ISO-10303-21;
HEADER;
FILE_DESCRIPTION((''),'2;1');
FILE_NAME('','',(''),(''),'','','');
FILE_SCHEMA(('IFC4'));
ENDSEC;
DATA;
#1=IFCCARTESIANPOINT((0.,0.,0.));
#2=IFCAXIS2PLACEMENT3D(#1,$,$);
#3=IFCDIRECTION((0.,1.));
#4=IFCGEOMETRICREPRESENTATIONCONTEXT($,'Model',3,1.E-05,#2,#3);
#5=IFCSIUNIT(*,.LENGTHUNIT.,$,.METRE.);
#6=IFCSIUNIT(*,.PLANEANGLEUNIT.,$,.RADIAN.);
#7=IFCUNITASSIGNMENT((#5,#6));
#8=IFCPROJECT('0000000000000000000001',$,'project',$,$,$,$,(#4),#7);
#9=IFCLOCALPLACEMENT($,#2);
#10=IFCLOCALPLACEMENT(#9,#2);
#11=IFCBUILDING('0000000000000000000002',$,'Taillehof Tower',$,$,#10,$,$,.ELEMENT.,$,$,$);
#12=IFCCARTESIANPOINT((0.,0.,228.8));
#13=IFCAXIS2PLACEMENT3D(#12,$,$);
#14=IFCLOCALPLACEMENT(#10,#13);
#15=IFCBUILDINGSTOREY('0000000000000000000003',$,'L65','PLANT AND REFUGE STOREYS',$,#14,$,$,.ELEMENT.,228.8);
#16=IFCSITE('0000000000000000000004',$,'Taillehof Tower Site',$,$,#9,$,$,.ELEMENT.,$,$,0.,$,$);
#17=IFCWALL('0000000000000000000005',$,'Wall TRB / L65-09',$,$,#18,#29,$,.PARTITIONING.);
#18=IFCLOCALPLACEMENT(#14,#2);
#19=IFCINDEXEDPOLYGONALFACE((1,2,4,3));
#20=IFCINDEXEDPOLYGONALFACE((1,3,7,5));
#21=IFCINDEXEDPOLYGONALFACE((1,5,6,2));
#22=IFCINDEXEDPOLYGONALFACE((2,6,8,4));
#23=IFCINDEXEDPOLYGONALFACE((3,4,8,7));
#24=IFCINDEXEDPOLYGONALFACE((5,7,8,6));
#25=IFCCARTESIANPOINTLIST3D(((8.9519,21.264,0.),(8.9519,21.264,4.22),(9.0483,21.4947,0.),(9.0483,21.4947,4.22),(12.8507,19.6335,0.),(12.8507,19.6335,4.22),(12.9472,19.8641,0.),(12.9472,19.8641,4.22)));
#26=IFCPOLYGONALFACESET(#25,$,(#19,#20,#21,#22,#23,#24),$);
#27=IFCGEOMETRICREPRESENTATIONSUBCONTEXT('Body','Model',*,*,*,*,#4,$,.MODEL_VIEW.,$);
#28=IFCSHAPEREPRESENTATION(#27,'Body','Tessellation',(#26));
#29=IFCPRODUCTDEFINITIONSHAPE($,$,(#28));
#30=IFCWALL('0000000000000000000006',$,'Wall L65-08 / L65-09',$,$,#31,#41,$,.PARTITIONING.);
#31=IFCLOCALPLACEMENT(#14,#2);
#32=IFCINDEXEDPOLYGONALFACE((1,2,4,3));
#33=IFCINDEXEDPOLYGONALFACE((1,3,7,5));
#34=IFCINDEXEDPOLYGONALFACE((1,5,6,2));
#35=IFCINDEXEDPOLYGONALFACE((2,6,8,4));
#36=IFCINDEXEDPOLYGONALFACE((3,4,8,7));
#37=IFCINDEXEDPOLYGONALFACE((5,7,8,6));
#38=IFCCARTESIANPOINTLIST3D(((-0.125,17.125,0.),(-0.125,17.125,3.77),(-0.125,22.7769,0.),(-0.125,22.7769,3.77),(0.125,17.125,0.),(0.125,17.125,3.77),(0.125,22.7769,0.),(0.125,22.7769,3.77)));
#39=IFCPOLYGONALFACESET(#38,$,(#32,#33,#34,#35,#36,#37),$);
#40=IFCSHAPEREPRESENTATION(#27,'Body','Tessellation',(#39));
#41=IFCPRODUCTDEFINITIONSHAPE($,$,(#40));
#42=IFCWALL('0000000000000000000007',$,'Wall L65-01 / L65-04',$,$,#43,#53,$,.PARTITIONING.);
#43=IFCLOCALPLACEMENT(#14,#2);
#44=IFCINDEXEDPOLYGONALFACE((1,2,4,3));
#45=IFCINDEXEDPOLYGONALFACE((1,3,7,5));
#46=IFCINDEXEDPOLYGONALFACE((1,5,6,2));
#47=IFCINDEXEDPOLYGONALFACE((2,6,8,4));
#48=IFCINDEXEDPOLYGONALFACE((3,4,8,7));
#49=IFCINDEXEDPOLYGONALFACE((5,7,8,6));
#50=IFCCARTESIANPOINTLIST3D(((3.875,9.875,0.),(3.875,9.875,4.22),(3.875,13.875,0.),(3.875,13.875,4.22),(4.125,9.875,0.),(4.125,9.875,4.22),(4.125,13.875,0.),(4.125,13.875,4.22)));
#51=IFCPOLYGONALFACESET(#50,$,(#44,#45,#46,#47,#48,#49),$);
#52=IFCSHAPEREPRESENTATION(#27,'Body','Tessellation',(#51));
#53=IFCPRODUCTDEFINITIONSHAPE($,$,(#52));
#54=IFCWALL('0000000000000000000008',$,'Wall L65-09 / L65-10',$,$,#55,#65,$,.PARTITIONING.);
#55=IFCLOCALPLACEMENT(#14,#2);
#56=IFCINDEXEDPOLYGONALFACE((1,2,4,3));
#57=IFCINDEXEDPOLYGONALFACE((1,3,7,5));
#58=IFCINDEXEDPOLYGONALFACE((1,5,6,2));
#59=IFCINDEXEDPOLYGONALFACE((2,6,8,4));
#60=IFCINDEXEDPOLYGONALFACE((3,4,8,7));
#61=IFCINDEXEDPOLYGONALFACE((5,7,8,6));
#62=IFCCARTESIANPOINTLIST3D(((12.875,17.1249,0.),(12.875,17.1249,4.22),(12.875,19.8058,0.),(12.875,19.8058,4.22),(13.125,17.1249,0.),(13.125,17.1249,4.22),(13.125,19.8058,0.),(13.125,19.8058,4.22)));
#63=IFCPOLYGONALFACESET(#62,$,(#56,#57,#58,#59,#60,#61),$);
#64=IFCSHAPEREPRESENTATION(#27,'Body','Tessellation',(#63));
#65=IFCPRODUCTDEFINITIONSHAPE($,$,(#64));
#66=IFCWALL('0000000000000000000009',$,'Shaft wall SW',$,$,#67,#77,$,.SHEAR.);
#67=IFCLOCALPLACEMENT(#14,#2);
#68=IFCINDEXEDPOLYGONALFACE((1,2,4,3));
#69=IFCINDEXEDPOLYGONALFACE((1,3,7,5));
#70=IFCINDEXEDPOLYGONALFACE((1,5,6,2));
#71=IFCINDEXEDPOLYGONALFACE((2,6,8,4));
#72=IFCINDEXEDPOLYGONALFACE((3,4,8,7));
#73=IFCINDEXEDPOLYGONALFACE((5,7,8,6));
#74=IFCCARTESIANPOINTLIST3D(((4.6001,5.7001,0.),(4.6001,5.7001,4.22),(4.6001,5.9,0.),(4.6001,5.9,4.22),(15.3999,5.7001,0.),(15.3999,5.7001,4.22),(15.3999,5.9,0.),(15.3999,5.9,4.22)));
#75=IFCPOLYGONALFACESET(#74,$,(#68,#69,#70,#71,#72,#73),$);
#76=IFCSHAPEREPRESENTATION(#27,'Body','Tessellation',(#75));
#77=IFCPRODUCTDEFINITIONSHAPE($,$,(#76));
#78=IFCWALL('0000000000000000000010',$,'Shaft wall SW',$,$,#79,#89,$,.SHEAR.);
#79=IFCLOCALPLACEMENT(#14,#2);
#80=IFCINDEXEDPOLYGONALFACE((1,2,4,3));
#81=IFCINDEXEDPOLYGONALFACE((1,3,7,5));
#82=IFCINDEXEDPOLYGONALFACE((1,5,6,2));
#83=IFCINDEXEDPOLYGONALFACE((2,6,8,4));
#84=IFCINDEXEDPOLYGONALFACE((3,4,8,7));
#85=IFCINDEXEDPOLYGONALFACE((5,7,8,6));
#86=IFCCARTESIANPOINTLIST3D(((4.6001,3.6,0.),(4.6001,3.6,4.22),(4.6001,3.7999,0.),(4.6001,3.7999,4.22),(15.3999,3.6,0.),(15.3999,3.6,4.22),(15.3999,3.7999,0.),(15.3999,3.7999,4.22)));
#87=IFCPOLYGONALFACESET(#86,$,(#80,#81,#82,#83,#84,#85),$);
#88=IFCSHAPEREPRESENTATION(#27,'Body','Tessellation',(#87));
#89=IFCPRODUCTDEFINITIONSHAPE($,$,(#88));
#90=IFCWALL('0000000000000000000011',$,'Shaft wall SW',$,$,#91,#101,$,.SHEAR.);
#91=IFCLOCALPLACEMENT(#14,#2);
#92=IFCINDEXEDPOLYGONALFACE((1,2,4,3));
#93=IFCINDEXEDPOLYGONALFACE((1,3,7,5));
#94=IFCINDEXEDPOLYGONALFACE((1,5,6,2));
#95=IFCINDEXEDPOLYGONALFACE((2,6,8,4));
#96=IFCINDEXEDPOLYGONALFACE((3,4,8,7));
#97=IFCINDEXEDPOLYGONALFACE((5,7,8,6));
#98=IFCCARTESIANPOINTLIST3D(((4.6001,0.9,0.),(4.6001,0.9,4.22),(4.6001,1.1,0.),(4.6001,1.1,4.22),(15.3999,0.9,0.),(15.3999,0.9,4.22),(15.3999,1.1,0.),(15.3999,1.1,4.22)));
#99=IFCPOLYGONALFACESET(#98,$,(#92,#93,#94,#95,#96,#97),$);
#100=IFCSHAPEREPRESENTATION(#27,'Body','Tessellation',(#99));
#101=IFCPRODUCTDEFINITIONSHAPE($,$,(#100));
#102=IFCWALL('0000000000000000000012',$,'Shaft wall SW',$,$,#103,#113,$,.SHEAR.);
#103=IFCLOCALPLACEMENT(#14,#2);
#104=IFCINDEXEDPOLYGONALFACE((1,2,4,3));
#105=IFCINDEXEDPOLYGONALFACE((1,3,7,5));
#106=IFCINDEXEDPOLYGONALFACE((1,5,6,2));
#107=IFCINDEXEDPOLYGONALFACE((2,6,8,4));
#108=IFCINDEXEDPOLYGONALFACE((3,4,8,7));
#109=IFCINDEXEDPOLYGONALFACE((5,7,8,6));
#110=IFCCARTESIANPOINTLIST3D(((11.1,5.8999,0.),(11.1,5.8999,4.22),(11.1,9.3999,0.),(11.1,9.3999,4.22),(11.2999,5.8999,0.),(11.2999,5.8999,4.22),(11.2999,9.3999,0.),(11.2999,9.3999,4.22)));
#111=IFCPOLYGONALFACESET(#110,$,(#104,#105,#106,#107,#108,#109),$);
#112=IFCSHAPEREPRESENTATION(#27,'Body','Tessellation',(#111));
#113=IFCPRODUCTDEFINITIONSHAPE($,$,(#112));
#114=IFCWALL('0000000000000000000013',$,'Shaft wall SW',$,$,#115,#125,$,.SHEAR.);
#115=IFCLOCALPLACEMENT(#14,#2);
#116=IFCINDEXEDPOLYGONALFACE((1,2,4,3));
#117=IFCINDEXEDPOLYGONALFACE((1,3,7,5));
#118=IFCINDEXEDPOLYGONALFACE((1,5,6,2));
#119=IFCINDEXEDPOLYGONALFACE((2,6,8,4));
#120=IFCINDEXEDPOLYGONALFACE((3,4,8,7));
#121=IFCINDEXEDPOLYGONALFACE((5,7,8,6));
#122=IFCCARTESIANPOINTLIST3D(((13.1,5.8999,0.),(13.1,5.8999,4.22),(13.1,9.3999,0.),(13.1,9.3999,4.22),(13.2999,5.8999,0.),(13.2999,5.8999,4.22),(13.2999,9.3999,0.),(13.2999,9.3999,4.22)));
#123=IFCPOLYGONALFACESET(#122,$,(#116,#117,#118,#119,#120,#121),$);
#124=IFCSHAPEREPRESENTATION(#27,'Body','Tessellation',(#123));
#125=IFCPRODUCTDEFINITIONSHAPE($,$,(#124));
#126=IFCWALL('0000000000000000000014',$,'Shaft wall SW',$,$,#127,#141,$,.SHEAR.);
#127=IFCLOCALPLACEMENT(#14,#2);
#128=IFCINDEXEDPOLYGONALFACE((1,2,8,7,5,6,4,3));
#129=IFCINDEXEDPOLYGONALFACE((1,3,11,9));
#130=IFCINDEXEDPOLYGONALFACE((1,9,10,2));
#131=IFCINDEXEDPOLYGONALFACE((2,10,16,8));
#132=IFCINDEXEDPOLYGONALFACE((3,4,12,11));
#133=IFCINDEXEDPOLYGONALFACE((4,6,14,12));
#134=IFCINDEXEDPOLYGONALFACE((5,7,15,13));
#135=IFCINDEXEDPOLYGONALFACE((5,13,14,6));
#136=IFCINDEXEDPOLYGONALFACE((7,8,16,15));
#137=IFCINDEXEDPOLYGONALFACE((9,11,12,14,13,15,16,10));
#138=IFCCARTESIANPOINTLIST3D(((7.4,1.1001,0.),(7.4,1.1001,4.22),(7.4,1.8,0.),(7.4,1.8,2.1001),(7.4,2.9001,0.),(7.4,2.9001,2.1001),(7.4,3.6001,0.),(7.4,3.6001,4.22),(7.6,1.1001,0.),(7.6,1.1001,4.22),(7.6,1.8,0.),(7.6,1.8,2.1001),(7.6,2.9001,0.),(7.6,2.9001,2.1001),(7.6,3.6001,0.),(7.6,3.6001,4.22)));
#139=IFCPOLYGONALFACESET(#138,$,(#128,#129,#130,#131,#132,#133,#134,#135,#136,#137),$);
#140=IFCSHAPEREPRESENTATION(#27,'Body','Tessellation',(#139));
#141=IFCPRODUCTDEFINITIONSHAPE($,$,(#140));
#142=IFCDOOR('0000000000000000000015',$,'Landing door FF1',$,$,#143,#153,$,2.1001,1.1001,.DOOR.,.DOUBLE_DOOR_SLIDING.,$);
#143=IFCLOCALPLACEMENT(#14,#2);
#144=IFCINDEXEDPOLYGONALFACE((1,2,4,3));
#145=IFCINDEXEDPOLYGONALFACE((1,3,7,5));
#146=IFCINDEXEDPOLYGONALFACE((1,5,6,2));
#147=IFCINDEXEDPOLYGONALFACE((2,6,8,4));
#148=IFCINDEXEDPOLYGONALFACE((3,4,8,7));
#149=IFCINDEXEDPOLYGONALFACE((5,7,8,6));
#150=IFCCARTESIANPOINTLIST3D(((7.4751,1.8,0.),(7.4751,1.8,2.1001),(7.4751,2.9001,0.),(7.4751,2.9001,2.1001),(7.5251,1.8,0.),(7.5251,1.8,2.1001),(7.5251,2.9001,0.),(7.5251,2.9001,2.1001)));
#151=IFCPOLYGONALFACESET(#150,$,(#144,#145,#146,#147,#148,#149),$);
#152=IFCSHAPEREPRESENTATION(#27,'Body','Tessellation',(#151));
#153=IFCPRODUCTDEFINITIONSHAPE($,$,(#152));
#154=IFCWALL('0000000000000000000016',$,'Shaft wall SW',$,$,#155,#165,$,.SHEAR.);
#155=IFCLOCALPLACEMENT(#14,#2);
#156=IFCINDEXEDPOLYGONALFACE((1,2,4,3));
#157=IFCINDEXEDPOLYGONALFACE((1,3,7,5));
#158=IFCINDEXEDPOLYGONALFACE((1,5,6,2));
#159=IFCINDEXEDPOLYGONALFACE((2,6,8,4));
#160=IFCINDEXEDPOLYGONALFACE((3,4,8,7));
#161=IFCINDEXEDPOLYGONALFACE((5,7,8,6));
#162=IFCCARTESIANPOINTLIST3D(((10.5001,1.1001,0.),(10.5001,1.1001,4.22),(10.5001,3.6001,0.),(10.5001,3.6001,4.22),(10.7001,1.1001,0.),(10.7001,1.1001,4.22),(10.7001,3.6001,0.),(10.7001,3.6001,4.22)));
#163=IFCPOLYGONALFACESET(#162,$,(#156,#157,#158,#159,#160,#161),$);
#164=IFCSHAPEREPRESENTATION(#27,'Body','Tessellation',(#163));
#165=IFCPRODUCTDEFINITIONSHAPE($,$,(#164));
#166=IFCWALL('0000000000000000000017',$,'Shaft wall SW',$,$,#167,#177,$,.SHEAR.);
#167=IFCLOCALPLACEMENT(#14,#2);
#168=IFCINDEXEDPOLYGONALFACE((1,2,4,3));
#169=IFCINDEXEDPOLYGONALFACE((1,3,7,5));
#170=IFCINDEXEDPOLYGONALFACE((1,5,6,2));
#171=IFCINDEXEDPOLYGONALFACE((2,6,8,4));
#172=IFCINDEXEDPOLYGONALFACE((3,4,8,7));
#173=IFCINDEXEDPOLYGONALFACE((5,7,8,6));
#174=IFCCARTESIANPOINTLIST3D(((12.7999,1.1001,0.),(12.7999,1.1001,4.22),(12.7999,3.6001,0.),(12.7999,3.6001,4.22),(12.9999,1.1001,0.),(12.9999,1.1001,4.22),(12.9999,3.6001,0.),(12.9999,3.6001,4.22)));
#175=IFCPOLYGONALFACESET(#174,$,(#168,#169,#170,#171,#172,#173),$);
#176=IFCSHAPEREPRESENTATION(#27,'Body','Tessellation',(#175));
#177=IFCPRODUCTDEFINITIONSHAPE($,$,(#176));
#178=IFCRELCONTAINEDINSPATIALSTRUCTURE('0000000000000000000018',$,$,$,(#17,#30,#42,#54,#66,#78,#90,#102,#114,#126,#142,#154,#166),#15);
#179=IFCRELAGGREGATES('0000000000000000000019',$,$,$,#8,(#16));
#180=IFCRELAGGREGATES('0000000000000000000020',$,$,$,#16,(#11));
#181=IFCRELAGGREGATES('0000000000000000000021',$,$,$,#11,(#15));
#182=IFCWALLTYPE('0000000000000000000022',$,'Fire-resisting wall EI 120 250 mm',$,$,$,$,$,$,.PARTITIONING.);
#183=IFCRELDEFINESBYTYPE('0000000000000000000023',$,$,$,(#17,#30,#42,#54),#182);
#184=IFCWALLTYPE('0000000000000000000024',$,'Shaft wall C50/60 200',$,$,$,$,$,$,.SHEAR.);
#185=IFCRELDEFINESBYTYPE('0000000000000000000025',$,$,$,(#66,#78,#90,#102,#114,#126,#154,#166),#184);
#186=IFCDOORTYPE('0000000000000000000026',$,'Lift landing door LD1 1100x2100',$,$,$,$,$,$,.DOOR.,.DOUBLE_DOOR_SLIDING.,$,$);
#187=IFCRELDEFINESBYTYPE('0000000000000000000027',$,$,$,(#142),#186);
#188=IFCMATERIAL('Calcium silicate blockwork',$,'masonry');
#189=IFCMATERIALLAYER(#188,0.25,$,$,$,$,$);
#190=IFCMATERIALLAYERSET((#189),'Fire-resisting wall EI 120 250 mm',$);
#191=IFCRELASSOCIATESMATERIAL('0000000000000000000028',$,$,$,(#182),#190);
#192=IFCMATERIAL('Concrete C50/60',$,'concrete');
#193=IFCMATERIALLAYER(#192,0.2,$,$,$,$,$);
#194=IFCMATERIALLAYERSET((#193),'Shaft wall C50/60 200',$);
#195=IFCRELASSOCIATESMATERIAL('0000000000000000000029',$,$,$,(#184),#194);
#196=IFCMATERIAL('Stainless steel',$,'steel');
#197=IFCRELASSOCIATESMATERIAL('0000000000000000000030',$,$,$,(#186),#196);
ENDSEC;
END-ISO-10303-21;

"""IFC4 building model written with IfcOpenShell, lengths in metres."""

from ifc_helpers import new_model, si_unit, direction, frame, frame_2d, origin, place, context, subcontext, project, spatial, rectangle, extrude, material, layer, layer_set, type_object, element, fill, save


model = new_model("IFC4")

# Units and contexts
model_context = context("Model", 3, precision=1e-05, world=origin(), true_north=direction((0.0, 1.0)))
body_context = subcontext(model_context, "Body", "Model", "MODEL_VIEW")
ifc_project = project(units=[si_unit("LENGTHUNIT", "METRE"), si_unit("PLANEANGLEUNIT", "RADIAN")], contexts=[model_context])

# Site, building, storey
site_placement = place(None, origin())
site = spatial("IfcSite", under=ifc_project, at=site_placement, Name="Taillehof Tower Site", CompositionType="ELEMENT", RefElevation=0.0)
building_placement = place(site_placement, origin())
building = spatial("IfcBuilding", under=site, at=building_placement, Name="Taillehof Tower", CompositionType="ELEMENT")
storey_placement = place(building_placement, frame((0.0, 0.0, 228.8)))
storey = spatial("IfcBuildingStorey", under=building, at=storey_placement, Name="L65", Description="PLANT AND REFUGE STOREYS", CompositionType="ELEMENT", Elevation=228.8)

# Walls
ifc_material_1 = material(Name="Calcium silicate blockwork", Category="masonry")
ifc_layer_1 = layer(ifc_material_1, 0.25)
ifc_layer_set_1 = layer_set([ifc_layer_1], Name="Fire-resisting wall EI 120 250 mm")
wall_type_1 = type_object("IfcWallType", Name="Fire-resisting wall EI 120 250 mm", PredefinedType="PARTITIONING", material=ifc_layer_set_1)
wall_1_placement = place(storey_placement, frame((12.8989, 19.7488, 0.0), z_axis=(0.0, 0.0, 1.0), x_axis=(-0.922567, 0.385837, 0.0)))
element("IfcWall", 1, at=wall_1_placement, inside=storey, type_object=wall_type_1, Name="Wall TRB / L65-09", PredefinedType="PARTITIONING", context=body_context, shape_type="SweptSolid", body=[
    extrude(rectangle(XDim=4.2261, YDim=0.25, at=frame_2d((2.113, 0.0))), origin(), (0.0, 0.0, 1.0), 4.22),
])
wall_2_placement = place(storey_placement, frame((0.0, 17.125, 0.0), z_axis=(0.0, 0.0, 1.0), x_axis=(0.0, 1.0, 0.0)))
element("IfcWall", 2, at=wall_2_placement, inside=storey, type_object=wall_type_1, Name="Wall L65-08 / L65-09", PredefinedType="PARTITIONING", context=body_context, shape_type="SweptSolid", body=[
    extrude(rectangle(XDim=5.6519, YDim=0.25, at=frame_2d((2.8259, 0.0))), origin(), (0.0, 0.0, 1.0), 3.77),
])
wall_3_placement = place(storey_placement, frame((4.0, 9.875, 0.0), z_axis=(0.0, 0.0, 1.0), x_axis=(0.0, 1.0, 0.0)))
element("IfcWall", 3, at=wall_3_placement, inside=storey, type_object=wall_type_1, Name="Wall L65-01 / L65-04", PredefinedType="PARTITIONING", context=body_context, shape_type="SweptSolid", body=[
    extrude(rectangle(XDim=4.0, YDim=0.25, at=frame_2d((2.0, 0.0))), origin(), (0.0, 0.0, 1.0), 4.22),
])
wall_4_placement = place(storey_placement, frame((13.0, 17.125, 0.0), z_axis=(0.0, 0.0, 1.0), x_axis=(0.0, 1.0, 0.0)))
element("IfcWall", 4, at=wall_4_placement, inside=storey, type_object=wall_type_1, Name="Wall L65-09 / L65-10", PredefinedType="PARTITIONING", context=body_context, shape_type="SweptSolid", body=[
    extrude(rectangle(XDim=2.6809, YDim=0.25, at=frame_2d((1.3403, 0.0))), origin(), (0.0, 0.0, 1.0), 4.22),
])
ifc_material_2 = material(Name="Concrete C50/60", Category="concrete")
ifc_layer_2 = layer(ifc_material_2, 0.2)
ifc_layer_set_2 = layer_set([ifc_layer_2], Name="Shaft wall C50/60 200")
wall_type_2 = type_object("IfcWallType", Name="Shaft wall C50/60 200", PredefinedType="SHEAR", material=ifc_layer_set_2)
for number, where, z_axis, x_axis, name in (
    (5, (4.6001, 5.8, 0.0), (0.0, 0.0, 1.0), (1.0, 0.0, 0.0), "Shaft wall SW"),
    (6, (4.6001, 3.7, 0.0), (0.0, 0.0, 1.0), (1.0, 0.0, 0.0), "Shaft wall SW"),
    (7, (4.6001, 1.0, 0.0), (0.0, 0.0, 1.0), (1.0, 0.0, 0.0), "Shaft wall SW"),
):
    element("IfcWall", number, at=place(storey_placement, frame(where, z_axis=z_axis, x_axis=x_axis)), inside=storey, type_object=wall_type_2, Name=name, PredefinedType="SHEAR", context=body_context, shape_type="SweptSolid", body=[
        extrude(rectangle(XDim=10.7998, YDim=0.2, at=frame_2d((5.3999, 0.0))), origin(), (0.0, 0.0, 1.0), 4.22),
    ])
for number, where, z_axis, x_axis, name in (
    (8, (11.2, 5.8999, 0.0), (0.0, 0.0, 1.0), (0.0, 1.0, 0.0), "Shaft wall SW"),
    (9, (13.2, 5.8999, 0.0), (0.0, 0.0, 1.0), (0.0, 1.0, 0.0), "Shaft wall SW"),
):
    element("IfcWall", number, at=place(storey_placement, frame(where, z_axis=z_axis, x_axis=x_axis)), inside=storey, type_object=wall_type_2, Name=name, PredefinedType="SHEAR", context=body_context, shape_type="SweptSolid", body=[
        extrude(rectangle(XDim=3.5, YDim=0.2, at=frame_2d((1.75, 0.0))), origin(), (0.0, 0.0, 1.0), 4.22),
    ])

# Wall, opening, door
wall_5_placement = place(storey_placement, frame((7.5, 1.1001, 0.0), z_axis=(0.0, 0.0, 1.0), x_axis=(0.0, 1.0, 0.0)))
wall_5 = element("IfcWall", 10, at=wall_5_placement, inside=storey, type_object=wall_type_2, Name="Shaft wall SW", PredefinedType="SHEAR", context=body_context, shape_type="SweptSolid", body=[
    extrude(rectangle(XDim=2.5, YDim=0.2, at=frame_2d((1.25, 0.0))), origin(), (0.0, 0.0, 1.0), 4.22),
])
opening_1_placement = place(wall_5_placement, frame((0.7, 0.0, 0.0)))
opening_1 = element("IfcOpeningElement", 11, at=opening_1_placement, cuts=wall_5, PredefinedType="OPENING", context=body_context, shape_type="SweptSolid", body=[
    extrude(rectangle(XDim=1.1001, YDim=2.1001, at=frame_2d((0.55, 1.05))), frame((0.0, 0.1099, 0.0), z_axis=(0.0, -1.0, 0.0), x_axis=(1.0, 0.0, 0.0)), (0.0, 0.0, 1.0), 0.22),
])
ifc_material_3 = material(Name="Stainless steel", Category="steel")
door_type_1 = type_object("IfcDoorType", Name="Lift landing door LD1 1100x2100", OperationType="DOUBLE_DOOR_SLIDING", PredefinedType="DOOR", material=ifc_material_3)
door_1_placement = place(opening_1_placement, origin())
door_1 = element("IfcDoor", 12, at=door_1_placement, inside=storey, type_object=door_type_1, Name="Landing door FF1", OperationType="DOUBLE_DOOR_SLIDING", OverallHeight=2.1001, OverallWidth=1.1001, PredefinedType="DOOR", context=body_context, shape_type="SweptSolid", body=[
    extrude(rectangle(XDim=1.1001, YDim=2.1001, at=frame_2d((0.55, 1.05))), frame((0.0, 0.0249, 0.0), z_axis=(0.0, -1.0, 0.0), x_axis=(1.0, 0.0, 0.0)), (0.0, 0.0, 1.0), 0.05),
])
fill(opening_1, door_1)

# Walls
for number, where, z_axis, x_axis, name in (
    (13, (10.6001, 1.1001, 0.0), (0.0, 0.0, 1.0), (0.0, 1.0, 0.0), "Shaft wall SW"),
    (14, (12.8999, 1.1001, 0.0), (0.0, 0.0, 1.0), (0.0, 1.0, 0.0), "Shaft wall SW"),
):
    element("IfcWall", number, at=place(storey_placement, frame(where, z_axis=z_axis, x_axis=x_axis)), inside=storey, type_object=wall_type_2, Name=name, PredefinedType="SHEAR", context=body_context, shape_type="SweptSolid", body=[
        extrude(rectangle(XDim=2.5, YDim=0.2, at=frame_2d((1.25, 0.0))), origin(), (0.0, 0.0, 1.0), 4.22),
    ])

save(model, "model.ifc")
